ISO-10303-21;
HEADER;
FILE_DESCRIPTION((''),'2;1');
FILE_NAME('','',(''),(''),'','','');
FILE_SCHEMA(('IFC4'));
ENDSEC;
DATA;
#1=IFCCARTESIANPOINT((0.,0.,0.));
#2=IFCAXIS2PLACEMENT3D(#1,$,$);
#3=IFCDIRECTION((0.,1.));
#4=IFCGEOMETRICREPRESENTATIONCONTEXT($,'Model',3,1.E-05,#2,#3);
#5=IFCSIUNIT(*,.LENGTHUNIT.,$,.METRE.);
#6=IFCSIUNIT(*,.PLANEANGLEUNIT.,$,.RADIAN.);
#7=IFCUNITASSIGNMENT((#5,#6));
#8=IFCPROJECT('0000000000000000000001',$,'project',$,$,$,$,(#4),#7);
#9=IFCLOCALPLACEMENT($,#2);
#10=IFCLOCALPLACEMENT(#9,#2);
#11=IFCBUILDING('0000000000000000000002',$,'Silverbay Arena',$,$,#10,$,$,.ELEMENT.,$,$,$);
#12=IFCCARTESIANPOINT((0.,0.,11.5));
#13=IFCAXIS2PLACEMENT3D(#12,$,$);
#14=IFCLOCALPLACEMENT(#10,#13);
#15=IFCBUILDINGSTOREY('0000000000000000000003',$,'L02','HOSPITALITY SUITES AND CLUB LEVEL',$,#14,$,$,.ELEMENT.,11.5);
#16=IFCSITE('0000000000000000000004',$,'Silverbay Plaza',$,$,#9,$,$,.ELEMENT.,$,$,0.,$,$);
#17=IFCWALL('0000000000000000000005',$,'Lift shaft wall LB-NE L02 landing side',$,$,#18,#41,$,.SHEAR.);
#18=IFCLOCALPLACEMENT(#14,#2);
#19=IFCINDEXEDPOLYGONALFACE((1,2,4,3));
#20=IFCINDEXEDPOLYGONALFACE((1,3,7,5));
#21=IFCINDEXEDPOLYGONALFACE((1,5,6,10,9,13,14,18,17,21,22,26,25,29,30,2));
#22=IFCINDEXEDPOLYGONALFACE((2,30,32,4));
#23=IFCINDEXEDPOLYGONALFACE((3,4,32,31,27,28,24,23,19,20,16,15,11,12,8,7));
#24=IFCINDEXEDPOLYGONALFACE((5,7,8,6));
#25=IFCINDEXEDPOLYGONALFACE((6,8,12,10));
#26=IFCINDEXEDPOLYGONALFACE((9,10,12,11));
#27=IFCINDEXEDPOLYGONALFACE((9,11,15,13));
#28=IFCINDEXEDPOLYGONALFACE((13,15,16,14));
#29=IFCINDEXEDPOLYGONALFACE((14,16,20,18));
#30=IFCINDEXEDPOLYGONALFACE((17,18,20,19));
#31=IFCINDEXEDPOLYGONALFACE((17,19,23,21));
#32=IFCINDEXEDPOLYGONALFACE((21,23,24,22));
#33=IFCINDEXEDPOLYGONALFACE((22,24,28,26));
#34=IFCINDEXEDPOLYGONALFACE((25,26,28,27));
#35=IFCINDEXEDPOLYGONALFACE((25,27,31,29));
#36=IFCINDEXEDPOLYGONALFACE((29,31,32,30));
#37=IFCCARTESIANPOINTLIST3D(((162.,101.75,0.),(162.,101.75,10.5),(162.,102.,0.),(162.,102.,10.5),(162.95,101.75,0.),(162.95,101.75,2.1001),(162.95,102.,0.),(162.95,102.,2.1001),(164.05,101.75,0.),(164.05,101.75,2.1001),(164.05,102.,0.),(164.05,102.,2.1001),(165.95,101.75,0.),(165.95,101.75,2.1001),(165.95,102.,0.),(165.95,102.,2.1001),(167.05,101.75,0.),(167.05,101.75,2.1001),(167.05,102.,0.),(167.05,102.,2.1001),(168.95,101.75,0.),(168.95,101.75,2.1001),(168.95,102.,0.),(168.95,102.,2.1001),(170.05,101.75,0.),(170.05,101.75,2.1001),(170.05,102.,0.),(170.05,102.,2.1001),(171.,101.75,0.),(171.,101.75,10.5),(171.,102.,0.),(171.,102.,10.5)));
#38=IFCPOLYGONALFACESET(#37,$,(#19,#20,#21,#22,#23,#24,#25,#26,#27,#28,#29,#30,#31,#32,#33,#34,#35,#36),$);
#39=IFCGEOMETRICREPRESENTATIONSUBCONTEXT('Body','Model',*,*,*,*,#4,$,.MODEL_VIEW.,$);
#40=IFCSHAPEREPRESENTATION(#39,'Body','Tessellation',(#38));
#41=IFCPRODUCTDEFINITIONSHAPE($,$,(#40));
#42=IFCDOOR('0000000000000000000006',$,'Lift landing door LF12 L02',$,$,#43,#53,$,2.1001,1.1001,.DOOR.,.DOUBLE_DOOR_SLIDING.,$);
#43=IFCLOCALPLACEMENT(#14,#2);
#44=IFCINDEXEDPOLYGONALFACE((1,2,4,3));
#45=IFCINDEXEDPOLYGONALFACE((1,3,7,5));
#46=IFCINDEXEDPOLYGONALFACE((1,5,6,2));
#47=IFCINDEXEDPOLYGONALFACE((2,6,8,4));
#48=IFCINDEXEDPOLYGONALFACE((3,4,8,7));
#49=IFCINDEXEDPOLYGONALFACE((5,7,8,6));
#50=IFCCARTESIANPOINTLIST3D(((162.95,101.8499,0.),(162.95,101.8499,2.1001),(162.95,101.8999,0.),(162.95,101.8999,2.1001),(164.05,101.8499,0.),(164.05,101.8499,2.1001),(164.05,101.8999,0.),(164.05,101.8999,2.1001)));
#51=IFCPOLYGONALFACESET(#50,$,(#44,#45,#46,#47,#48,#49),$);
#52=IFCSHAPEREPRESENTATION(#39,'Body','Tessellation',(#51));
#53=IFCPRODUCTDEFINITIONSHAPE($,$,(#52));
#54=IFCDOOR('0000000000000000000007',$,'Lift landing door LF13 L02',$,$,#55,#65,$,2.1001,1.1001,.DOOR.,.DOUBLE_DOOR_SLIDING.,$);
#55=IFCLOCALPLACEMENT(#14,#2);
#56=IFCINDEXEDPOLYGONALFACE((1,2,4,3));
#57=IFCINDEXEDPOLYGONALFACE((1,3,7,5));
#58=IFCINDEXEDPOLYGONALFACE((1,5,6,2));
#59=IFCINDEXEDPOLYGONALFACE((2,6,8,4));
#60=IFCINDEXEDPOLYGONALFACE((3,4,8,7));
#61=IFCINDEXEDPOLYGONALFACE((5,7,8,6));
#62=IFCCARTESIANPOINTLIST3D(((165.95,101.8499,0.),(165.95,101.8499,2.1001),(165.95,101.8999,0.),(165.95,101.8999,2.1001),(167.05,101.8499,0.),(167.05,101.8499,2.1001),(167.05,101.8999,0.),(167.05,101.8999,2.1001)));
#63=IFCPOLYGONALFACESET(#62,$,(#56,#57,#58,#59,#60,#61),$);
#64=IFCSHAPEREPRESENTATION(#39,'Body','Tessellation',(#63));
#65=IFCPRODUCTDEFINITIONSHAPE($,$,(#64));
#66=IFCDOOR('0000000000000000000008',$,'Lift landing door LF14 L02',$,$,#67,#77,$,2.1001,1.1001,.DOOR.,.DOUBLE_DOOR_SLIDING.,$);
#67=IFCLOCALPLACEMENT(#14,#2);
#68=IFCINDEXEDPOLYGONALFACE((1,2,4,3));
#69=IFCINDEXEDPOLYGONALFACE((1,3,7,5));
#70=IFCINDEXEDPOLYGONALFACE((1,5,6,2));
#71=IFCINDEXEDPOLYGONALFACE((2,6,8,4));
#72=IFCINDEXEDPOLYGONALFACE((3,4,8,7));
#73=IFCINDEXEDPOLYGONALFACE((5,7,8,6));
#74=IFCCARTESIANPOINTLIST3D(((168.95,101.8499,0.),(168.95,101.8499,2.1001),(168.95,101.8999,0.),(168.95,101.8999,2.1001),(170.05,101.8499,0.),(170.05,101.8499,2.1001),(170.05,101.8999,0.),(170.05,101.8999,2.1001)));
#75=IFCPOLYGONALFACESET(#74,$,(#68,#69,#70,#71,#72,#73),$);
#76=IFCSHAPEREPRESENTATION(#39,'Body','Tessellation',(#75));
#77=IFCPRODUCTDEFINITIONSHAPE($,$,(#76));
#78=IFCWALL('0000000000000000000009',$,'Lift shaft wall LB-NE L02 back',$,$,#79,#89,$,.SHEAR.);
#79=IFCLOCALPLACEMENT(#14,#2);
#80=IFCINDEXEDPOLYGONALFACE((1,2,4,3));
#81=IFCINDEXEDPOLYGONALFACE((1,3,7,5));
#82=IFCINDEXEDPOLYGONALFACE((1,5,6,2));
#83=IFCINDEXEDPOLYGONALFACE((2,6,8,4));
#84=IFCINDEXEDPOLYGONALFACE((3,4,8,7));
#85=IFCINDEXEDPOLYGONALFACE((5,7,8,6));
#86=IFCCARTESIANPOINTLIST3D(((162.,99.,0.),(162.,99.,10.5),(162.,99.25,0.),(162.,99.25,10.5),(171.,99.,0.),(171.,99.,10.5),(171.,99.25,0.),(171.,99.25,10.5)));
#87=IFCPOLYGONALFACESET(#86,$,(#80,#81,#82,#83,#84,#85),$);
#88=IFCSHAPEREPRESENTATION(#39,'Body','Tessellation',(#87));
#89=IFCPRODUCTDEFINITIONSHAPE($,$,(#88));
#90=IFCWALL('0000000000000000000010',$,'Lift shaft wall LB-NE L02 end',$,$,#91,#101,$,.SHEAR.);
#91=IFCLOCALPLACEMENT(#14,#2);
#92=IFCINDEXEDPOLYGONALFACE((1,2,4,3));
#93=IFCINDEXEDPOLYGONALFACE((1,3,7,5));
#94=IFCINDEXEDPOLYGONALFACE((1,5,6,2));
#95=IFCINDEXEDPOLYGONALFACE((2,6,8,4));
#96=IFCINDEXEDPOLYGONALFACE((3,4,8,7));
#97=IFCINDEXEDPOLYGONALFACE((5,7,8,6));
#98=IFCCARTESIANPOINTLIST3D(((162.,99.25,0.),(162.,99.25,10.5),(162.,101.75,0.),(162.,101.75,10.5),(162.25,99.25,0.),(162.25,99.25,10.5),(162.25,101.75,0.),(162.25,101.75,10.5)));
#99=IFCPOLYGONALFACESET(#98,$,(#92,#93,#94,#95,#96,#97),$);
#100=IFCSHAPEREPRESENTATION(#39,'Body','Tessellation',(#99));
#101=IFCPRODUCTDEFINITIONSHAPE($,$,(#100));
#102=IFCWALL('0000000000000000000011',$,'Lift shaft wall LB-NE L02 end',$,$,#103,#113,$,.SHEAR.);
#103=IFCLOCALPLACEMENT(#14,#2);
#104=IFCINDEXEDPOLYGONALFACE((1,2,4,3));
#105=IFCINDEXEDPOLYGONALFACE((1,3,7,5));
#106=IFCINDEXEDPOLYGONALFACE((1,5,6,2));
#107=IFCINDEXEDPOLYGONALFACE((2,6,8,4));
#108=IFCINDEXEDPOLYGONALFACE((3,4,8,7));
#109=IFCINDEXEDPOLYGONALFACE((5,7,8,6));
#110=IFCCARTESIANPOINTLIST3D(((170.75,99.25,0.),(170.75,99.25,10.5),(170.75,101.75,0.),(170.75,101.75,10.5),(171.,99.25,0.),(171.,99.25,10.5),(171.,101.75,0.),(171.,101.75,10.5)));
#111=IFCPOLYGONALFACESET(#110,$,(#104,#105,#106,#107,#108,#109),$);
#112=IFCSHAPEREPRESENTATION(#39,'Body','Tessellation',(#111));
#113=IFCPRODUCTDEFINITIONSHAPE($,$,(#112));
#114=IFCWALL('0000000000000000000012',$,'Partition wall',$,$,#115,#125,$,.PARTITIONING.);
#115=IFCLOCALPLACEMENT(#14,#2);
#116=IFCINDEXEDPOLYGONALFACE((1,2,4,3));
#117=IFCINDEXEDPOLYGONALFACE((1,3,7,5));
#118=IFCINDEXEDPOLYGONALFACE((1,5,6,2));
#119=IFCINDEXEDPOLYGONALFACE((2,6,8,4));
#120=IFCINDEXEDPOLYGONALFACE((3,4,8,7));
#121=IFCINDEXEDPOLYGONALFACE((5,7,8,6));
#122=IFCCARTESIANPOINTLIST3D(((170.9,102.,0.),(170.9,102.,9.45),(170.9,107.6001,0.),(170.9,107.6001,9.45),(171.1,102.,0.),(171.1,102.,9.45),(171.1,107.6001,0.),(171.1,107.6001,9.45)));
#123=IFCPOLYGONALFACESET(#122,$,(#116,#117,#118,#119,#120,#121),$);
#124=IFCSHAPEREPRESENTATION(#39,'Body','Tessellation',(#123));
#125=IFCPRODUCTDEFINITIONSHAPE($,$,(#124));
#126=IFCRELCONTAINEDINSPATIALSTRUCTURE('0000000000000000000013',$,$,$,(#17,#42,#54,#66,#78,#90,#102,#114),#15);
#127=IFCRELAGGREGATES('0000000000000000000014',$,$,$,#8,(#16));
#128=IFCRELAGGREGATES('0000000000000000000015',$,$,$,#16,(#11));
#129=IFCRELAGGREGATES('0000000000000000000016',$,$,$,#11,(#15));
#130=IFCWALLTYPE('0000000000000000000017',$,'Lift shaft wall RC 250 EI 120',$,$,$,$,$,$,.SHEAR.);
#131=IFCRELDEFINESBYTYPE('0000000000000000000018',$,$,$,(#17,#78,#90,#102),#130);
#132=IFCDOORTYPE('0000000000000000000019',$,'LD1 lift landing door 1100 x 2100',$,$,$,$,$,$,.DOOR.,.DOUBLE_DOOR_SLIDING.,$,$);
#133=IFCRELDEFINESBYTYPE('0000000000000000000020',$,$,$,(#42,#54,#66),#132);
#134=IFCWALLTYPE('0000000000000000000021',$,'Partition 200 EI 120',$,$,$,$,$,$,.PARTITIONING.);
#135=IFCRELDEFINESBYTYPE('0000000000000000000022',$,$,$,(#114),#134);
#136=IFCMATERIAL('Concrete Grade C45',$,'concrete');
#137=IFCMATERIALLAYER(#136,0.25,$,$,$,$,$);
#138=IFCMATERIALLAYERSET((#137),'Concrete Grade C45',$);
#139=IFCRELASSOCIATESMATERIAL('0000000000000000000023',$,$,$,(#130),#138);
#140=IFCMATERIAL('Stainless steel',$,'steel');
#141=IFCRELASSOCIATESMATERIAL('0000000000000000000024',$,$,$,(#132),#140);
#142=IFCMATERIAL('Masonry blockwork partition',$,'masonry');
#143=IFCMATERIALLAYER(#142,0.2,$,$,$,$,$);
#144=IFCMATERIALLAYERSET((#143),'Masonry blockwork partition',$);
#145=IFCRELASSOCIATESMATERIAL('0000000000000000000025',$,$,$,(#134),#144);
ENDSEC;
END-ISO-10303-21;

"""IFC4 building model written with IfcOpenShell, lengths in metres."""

from ifc_helpers import new_model, si_unit, direction, frame, frame_2d, origin, place, context, subcontext, project, spatial, rectangle, extrude, material, layer, layer_set, type_object, element, fill, save


model = new_model("IFC4")

# Units and contexts
model_context = context("Model", 3, precision=1e-05, world=origin(), true_north=direction((0.0, 1.0)))
body_context = subcontext(model_context, "Body", "Model", "MODEL_VIEW")
ifc_project = project(units=[si_unit("LENGTHUNIT", "METRE"), si_unit("PLANEANGLEUNIT", "RADIAN")], contexts=[model_context])

# Site, building, storey
site_placement = place(None, origin())
site = spatial("IfcSite", under=ifc_project, at=site_placement, Name="Silverbay Plaza", CompositionType="ELEMENT", RefElevation=0.0)
building_placement = place(site_placement, origin())
building = spatial("IfcBuilding", under=site, at=building_placement, Name="Silverbay Arena", CompositionType="ELEMENT")
storey_placement = place(building_placement, frame((0.0, 0.0, 11.5)))
storey = spatial("IfcBuildingStorey", under=building, at=storey_placement, Name="L02", Description="HOSPITALITY SUITES AND CLUB LEVEL", CompositionType="ELEMENT", Elevation=11.5)

# Shared definitions
ifc_material_1 = material(Name="Concrete Grade C45", Category="concrete")
ifc_layer_1 = layer(ifc_material_1, 0.25)
ifc_layer_set_1 = layer_set([ifc_layer_1], Name="Concrete Grade C45")
wall_type_1 = type_object("IfcWallType", Name="Lift shaft wall RC 250 EI 120", PredefinedType="SHEAR", material=ifc_layer_set_1)

# Wall, openings, doors
wall_1_placement = place(storey_placement, frame((162.0, 101.875, 0.0), z_axis=(0.0, 0.0, 1.0), x_axis=(1.0, 0.0, 0.0)))
wall_1 = element("IfcWall", 1, at=wall_1_placement, inside=storey, type_object=wall_type_1, Name="Lift shaft wall LB-NE L02 landing side", PredefinedType="SHEAR", context=body_context, shape_type="SweptSolid", body=[
    extrude(rectangle(XDim=9.0, YDim=0.25, at=frame_2d((4.5, 0.0))), origin(), (0.0, 0.0, 1.0), 10.5),
])
opening_1_placement = place(wall_1_placement, frame((0.95, 0.0, 0.0)))
opening_1 = element("IfcOpeningElement", 2, at=opening_1_placement, cuts=wall_1, PredefinedType="OPENING", context=body_context, shape_type="SweptSolid", body=[
    extrude(rectangle(XDim=1.1001, YDim=2.1001, at=frame_2d((0.55, 1.05))), frame((0.0, 0.135, 0.0), z_axis=(0.0, -1.0, 0.0), x_axis=(1.0, 0.0, 0.0)), (0.0, 0.0, 1.0), 0.27),
])
opening_2_placement = place(wall_1_placement, frame((3.95, 0.0, 0.0)))
opening_2 = element("IfcOpeningElement", 3, at=opening_2_placement, cuts=wall_1, PredefinedType="OPENING", context=body_context, shape_type="SweptSolid", body=[
    extrude(rectangle(XDim=1.1001, YDim=2.1001, at=frame_2d((0.55, 1.05))), frame((0.0, 0.135, 0.0), z_axis=(0.0, -1.0, 0.0), x_axis=(1.0, 0.0, 0.0)), (0.0, 0.0, 1.0), 0.27),
])
opening_3_placement = place(wall_1_placement, frame((6.95, 0.0, 0.0)))
opening_3 = element("IfcOpeningElement", 4, at=opening_3_placement, cuts=wall_1, PredefinedType="OPENING", context=body_context, shape_type="SweptSolid", body=[
    extrude(rectangle(XDim=1.1001, YDim=2.1001, at=frame_2d((0.55, 1.05))), frame((0.0, 0.135, 0.0), z_axis=(0.0, -1.0, 0.0), x_axis=(1.0, 0.0, 0.0)), (0.0, 0.0, 1.0), 0.27),
])
ifc_material_2 = material(Name="Stainless steel", Category="steel")
door_type = type_object("IfcDoorType", Name="LD1 lift landing door 1100 x 2100", OperationType="DOUBLE_DOOR_SLIDING", PredefinedType="DOOR", material=ifc_material_2)
door_1_placement = place(opening_1_placement, origin())
door_1 = element("IfcDoor", 5, at=door_1_placement, inside=storey, type_object=door_type, Name="Lift landing door LF12 L02", OperationType="DOUBLE_DOOR_SLIDING", OverallHeight=2.1001, OverallWidth=1.1001, PredefinedType="DOOR", context=body_context, shape_type="SweptSolid", body=[
    extrude(rectangle(XDim=1.1001, YDim=2.1001, at=frame_2d((0.55, 1.05))), frame((0.0, 0.0249, 0.0), z_axis=(0.0, -1.0, 0.0), x_axis=(1.0, 0.0, 0.0)), (0.0, 0.0, 1.0), 0.05),
])
fill(opening_1, door_1)
door_2_placement = place(opening_2_placement, origin())
door_2 = element("IfcDoor", 6, at=door_2_placement, inside=storey, type_object=door_type, Name="Lift landing door LF13 L02", OperationType="DOUBLE_DOOR_SLIDING", OverallHeight=2.1001, OverallWidth=1.1001, PredefinedType="DOOR", context=body_context, shape_type="SweptSolid", body=[
    extrude(rectangle(XDim=1.1001, YDim=2.1001, at=frame_2d((0.55, 1.05))), frame((0.0, 0.0249, 0.0), z_axis=(0.0, -1.0, 0.0), x_axis=(1.0, 0.0, 0.0)), (0.0, 0.0, 1.0), 0.05),
])
fill(opening_2, door_2)
door_3_placement = place(opening_3_placement, origin())
door_3 = element("IfcDoor", 7, at=door_3_placement, inside=storey, type_object=door_type, Name="Lift landing door LF14 L02", OperationType="DOUBLE_DOOR_SLIDING", OverallHeight=2.1001, OverallWidth=1.1001, PredefinedType="DOOR", context=body_context, shape_type="SweptSolid", body=[
    extrude(rectangle(XDim=1.1001, YDim=2.1001, at=frame_2d((0.55, 1.05))), frame((0.0, 0.0249, 0.0), z_axis=(0.0, -1.0, 0.0), x_axis=(1.0, 0.0, 0.0)), (0.0, 0.0, 1.0), 0.05),
])
fill(opening_3, door_3)

# Walls
wall_2_placement = place(storey_placement, frame((162.0, 99.125, 0.0), z_axis=(0.0, 0.0, 1.0), x_axis=(1.0, 0.0, 0.0)))
element("IfcWall", 8, at=wall_2_placement, inside=storey, type_object=wall_type_1, Name="Lift shaft wall LB-NE L02 back", PredefinedType="SHEAR", context=body_context, shape_type="SweptSolid", body=[
    extrude(rectangle(XDim=9.0, YDim=0.25, at=frame_2d((4.5, 0.0))), origin(), (0.0, 0.0, 1.0), 10.5),
])
for number, where, z_axis, x_axis, name in (
    (9, (162.125, 99.25, 0.0), (0.0, 0.0, 1.0), (0.0, 1.0, 0.0), "Lift shaft wall LB-NE L02 end"),
    (10, (170.875, 99.25, 0.0), (0.0, 0.0, 1.0), (0.0, 1.0, 0.0), "Lift shaft wall LB-NE L02 end"),
):
    element("IfcWall", number, at=place(storey_placement, frame(where, z_axis=z_axis, x_axis=x_axis)), inside=storey, type_object=wall_type_1, Name=name, PredefinedType="SHEAR", context=body_context, shape_type="SweptSolid", body=[
        extrude(rectangle(XDim=2.5, YDim=0.25, at=frame_2d((1.25, 0.0))), origin(), (0.0, 0.0, 1.0), 10.5),
    ])
ifc_material_3 = material(Name="Masonry blockwork partition", Category="masonry")
ifc_layer_2 = layer(ifc_material_3, 0.2)
ifc_layer_set_2 = layer_set([ifc_layer_2], Name="Masonry blockwork partition")
wall_type_2 = type_object("IfcWallType", Name="Partition 200 EI 120", PredefinedType="PARTITIONING", material=ifc_layer_set_2)
wall_3_placement = place(storey_placement, frame((171.0, 102.0, 0.0), z_axis=(0.0, 0.0, 1.0), x_axis=(0.0, 1.0, 0.0)))
element("IfcWall", 11, at=wall_3_placement, inside=storey, type_object=wall_type_2, Name="Partition wall", PredefinedType="PARTITIONING", context=body_context, shape_type="SweptSolid", body=[
    extrude(rectangle(XDim=5.6001, YDim=0.2, at=frame_2d((2.8, 0.0))), origin(), (0.0, 0.0, 1.0), 9.45),
])

save(model, "model.ifc")
